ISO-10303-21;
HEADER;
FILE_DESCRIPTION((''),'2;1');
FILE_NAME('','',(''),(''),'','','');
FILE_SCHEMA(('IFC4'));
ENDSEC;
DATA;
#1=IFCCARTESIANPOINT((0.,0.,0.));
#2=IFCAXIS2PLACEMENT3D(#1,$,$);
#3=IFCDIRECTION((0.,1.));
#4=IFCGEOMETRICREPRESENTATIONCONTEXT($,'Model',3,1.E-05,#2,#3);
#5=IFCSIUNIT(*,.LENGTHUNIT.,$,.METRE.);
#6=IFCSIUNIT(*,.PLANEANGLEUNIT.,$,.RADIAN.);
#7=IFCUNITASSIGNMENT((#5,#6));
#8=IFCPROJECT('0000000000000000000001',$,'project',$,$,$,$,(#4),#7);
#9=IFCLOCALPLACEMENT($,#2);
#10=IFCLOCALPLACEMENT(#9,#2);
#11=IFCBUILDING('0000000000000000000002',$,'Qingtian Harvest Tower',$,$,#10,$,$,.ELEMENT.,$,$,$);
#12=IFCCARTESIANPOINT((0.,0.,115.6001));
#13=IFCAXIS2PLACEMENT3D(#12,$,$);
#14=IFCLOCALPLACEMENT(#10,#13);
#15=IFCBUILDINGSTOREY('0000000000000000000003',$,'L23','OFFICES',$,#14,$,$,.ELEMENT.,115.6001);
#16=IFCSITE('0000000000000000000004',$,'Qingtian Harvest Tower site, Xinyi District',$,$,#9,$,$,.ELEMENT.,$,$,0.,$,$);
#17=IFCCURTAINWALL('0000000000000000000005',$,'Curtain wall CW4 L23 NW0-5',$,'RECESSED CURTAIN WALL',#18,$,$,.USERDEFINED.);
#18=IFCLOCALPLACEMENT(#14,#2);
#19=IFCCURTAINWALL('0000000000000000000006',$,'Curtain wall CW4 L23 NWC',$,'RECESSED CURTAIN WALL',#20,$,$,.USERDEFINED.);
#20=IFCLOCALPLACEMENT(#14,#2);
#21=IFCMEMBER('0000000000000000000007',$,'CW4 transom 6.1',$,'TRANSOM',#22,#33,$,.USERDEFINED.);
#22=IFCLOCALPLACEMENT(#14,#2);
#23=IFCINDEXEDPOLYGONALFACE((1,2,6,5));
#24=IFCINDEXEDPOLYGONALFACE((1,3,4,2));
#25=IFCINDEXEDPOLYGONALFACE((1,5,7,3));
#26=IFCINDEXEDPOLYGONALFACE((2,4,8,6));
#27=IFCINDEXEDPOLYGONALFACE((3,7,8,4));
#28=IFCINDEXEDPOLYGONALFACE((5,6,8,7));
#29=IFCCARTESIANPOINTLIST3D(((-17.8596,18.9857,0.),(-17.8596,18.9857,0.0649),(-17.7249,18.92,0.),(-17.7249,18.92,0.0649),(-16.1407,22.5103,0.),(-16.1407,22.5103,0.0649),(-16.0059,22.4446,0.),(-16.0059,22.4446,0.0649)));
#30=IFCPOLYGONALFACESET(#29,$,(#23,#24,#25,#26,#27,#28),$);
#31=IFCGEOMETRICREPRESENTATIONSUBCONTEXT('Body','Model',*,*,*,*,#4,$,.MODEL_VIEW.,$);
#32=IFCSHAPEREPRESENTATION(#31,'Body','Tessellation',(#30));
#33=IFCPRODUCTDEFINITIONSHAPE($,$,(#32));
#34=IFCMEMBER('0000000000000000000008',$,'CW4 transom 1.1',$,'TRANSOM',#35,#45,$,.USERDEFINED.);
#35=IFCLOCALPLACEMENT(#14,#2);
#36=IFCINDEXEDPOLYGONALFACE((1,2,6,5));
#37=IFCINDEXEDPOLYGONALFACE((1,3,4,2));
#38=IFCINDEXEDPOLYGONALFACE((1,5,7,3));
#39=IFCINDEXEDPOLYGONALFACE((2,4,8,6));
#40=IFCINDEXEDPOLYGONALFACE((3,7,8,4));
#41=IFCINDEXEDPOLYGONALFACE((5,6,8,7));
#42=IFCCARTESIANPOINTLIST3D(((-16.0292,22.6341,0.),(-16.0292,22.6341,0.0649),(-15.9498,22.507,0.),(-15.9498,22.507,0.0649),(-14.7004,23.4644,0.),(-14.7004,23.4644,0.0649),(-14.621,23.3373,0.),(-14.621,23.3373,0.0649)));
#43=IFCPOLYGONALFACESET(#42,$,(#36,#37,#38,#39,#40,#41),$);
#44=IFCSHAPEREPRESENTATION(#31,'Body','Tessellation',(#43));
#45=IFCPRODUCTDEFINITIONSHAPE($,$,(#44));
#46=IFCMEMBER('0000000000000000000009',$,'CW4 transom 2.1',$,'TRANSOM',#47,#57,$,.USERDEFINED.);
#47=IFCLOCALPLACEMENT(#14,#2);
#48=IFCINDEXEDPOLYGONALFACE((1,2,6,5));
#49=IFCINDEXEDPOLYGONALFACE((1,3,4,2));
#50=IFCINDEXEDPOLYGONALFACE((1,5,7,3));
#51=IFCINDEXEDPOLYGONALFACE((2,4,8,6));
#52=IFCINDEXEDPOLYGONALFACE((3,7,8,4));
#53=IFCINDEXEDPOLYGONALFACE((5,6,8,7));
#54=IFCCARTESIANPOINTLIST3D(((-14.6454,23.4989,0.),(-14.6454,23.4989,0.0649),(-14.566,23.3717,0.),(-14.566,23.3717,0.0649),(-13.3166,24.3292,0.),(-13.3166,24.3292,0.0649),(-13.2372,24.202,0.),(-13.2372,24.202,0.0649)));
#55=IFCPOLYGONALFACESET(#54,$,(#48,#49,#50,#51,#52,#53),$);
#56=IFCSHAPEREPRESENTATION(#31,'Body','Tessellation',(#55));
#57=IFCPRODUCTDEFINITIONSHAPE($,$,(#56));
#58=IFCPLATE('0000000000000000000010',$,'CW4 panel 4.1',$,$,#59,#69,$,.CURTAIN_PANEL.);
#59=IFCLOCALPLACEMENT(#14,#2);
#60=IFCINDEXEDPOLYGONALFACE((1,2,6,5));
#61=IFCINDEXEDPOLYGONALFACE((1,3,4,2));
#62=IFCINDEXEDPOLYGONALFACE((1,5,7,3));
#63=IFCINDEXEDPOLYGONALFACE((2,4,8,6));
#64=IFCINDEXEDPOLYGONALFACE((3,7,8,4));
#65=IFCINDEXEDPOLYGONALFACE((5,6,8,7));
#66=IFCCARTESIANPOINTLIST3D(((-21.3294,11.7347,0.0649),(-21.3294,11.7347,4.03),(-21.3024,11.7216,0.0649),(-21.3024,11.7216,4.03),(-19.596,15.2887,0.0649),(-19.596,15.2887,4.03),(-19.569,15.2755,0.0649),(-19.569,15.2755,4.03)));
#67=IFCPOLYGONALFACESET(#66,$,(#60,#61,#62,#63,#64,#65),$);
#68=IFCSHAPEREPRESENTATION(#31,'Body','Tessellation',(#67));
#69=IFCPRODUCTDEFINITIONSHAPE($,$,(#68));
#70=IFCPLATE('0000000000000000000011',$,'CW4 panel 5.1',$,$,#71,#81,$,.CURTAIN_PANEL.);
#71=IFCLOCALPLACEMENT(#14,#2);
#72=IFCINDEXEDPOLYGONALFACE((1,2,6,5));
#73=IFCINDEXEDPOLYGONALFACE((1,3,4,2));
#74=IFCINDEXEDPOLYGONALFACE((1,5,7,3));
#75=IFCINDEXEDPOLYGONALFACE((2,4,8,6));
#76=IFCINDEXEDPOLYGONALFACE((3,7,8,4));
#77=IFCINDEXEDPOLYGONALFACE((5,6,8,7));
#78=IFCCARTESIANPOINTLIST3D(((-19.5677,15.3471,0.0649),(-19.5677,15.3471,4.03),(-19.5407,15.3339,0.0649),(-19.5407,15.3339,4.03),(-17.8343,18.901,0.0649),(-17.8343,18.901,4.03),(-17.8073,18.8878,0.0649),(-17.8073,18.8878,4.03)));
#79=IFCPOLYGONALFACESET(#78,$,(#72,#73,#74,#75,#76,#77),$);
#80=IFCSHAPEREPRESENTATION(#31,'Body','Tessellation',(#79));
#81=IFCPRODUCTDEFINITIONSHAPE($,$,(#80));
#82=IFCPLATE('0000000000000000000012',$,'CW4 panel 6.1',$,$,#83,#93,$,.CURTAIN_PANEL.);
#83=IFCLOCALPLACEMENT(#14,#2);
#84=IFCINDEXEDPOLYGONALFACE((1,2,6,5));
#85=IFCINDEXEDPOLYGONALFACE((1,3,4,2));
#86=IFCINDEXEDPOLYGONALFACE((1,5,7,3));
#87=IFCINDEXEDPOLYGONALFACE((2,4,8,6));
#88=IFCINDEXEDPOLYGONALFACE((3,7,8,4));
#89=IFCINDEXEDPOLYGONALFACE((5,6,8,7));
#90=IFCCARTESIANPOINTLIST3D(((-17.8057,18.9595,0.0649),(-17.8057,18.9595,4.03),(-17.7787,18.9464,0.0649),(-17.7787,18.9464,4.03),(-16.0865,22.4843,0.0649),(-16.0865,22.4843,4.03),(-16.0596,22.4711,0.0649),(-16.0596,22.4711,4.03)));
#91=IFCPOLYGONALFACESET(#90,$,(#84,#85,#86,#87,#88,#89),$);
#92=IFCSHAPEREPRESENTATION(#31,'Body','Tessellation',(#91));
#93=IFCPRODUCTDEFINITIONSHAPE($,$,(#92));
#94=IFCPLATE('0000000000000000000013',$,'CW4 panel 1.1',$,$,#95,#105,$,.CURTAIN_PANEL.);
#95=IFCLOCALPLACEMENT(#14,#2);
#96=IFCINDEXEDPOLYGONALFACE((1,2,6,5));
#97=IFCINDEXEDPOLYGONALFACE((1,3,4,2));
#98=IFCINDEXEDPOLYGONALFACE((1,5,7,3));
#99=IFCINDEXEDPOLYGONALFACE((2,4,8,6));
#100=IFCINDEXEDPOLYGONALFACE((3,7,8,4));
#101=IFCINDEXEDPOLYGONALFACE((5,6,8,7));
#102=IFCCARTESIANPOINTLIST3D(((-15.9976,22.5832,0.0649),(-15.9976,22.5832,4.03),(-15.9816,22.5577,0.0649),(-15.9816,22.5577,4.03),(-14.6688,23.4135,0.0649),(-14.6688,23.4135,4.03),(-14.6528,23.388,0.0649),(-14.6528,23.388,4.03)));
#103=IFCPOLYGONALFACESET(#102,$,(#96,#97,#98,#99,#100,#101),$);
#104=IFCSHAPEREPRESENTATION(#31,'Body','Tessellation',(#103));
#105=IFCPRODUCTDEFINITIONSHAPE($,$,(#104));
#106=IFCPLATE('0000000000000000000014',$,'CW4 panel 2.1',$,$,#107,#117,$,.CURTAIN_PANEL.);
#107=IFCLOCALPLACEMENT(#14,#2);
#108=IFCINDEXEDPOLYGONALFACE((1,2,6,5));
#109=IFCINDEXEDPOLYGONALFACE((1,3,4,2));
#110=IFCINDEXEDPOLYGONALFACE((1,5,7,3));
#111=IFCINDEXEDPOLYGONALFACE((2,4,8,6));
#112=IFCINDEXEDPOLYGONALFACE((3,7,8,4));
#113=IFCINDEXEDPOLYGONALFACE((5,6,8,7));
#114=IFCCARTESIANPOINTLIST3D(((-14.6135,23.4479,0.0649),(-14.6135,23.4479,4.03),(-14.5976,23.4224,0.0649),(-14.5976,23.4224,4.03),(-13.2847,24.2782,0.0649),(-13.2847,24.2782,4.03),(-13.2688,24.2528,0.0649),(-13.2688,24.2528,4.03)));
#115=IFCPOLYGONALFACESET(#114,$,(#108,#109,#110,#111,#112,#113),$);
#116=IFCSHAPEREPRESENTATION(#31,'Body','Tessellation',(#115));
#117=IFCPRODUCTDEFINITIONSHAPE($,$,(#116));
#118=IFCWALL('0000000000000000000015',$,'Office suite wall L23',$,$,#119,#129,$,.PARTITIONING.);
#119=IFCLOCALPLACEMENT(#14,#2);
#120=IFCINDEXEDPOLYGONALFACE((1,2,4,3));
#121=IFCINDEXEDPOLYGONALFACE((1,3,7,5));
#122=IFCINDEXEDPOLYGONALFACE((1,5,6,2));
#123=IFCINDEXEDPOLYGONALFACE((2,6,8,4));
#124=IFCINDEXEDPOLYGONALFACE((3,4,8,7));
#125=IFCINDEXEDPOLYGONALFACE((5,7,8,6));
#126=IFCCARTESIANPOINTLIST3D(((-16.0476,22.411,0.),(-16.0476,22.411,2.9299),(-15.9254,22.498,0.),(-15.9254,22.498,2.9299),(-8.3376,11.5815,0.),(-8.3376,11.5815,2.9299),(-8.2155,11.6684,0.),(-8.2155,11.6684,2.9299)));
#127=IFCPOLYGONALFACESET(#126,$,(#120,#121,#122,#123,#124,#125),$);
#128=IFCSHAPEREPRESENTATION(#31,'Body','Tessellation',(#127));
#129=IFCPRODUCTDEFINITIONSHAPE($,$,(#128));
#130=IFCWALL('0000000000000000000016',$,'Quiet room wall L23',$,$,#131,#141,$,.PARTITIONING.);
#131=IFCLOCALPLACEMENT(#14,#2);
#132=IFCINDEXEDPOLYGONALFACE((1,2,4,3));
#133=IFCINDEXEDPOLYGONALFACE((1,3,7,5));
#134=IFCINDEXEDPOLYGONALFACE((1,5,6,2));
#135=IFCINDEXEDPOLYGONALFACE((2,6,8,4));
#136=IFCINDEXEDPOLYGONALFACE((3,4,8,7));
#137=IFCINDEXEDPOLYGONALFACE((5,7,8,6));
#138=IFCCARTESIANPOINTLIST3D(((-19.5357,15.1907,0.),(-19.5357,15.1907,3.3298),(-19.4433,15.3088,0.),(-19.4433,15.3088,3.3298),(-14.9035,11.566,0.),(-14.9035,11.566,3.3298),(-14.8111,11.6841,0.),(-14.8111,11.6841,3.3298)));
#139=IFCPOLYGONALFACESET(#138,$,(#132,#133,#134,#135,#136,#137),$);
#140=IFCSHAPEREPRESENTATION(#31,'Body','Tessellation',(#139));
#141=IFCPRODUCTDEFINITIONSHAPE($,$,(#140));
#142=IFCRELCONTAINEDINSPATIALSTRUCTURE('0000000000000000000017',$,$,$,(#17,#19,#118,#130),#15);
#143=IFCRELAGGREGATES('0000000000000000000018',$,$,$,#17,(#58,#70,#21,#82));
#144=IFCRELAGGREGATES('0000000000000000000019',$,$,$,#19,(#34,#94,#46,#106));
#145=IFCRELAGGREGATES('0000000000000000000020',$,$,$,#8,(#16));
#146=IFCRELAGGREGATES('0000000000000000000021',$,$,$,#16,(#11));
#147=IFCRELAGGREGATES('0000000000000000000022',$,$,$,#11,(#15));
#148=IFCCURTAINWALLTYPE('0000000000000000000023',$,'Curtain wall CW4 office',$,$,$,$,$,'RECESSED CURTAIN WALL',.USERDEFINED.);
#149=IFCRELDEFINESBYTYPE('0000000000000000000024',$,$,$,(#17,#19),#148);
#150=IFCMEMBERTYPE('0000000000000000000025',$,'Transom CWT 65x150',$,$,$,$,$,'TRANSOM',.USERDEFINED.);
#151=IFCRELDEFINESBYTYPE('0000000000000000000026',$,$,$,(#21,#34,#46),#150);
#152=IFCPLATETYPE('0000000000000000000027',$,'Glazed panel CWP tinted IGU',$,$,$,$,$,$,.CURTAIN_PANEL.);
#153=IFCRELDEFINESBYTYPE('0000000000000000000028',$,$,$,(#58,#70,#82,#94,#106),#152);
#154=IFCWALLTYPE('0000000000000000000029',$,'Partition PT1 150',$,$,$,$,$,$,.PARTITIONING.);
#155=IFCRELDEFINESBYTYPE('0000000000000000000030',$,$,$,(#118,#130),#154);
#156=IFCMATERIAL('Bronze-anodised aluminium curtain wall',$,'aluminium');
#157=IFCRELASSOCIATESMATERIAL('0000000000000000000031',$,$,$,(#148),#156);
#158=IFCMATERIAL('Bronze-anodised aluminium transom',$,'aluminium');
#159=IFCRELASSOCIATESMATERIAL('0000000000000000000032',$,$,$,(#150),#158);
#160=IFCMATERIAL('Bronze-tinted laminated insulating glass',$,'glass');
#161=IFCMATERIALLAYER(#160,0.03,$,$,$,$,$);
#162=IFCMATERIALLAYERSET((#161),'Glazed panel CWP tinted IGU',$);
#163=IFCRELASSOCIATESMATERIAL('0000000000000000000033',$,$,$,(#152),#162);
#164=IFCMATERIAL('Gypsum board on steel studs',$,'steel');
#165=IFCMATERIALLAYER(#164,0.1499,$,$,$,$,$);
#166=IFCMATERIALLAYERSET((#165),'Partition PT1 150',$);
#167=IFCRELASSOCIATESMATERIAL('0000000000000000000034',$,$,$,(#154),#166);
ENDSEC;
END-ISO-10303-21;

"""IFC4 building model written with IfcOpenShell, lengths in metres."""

from ifc_helpers import new_model, si_unit, direction, frame, frame_2d, origin, origin_2d, place, context, subcontext, project, spatial, rectangle, extrude, material, layer, layer_set, material_profile, profile_set, type_object, element, aggregate, save


model = new_model("IFC4")

# Units and contexts
model_context = context("Model", 3, precision=1e-05, world=origin(), true_north=direction((0.0, 1.0)))
body_context = subcontext(model_context, "Body", "Model", "MODEL_VIEW")
ifc_project = project(units=[si_unit("LENGTHUNIT", "METRE"), si_unit("PLANEANGLEUNIT", "RADIAN")], contexts=[model_context])

# Site, building, storey
site_placement = place(None, origin())
site = spatial("IfcSite", under=ifc_project, at=site_placement, Name="Qingtian Harvest Tower site, Xinyi District", CompositionType="ELEMENT", RefElevation=0.0)
building_placement = place(site_placement, origin())
building = spatial("IfcBuilding", under=site, at=building_placement, Name="Qingtian Harvest Tower", CompositionType="ELEMENT")
storey_placement = place(building_placement, frame((0.0, 0.0, 115.6001)))
storey = spatial("IfcBuildingStorey", under=building, at=storey_placement, Name="L23", Description="OFFICES", CompositionType="ELEMENT", Elevation=115.6001)

# Curtain walls
ifc_material_1 = material(Name="Bronze-anodised aluminium curtain wall", Category="aluminium")
curtain_wall_type = type_object("IfcCurtainWallType", Name="Curtain wall CW4 office", ElementType="RECESSED CURTAIN WALL", PredefinedType="USERDEFINED", material=ifc_material_1)
curtain_wall_1_placement = place(storey_placement, origin())
curtain_wall_1 = element("IfcCurtainWall", 1, at=curtain_wall_1_placement, inside=storey, type_object=curtain_wall_type, Name="Curtain wall CW4 L23 NW0-5", ObjectType="RECESSED CURTAIN WALL", PredefinedType="USERDEFINED")
curtain_wall_2_placement = place(storey_placement, origin())
curtain_wall_2 = element("IfcCurtainWall", 2, at=curtain_wall_2_placement, inside=storey, type_object=curtain_wall_type, Name="Curtain wall CW4 L23 NWC", ObjectType="RECESSED CURTAIN WALL", PredefinedType="USERDEFINED")

# Members
ifc_material_2 = material(Name="Bronze-anodised aluminium transom", Category="aluminium")
ifc_material_profile_1 = material_profile(ifc_material_2, rectangle(XDim=0.1499, YDim=0.0649, at=origin_2d()), Name="AL 65x150")
ifc_profile_set_1 = profile_set([ifc_material_profile_1], Name="Bronze-anodised aluminium transom")
member_type_1 = type_object("IfcMemberType", Name="Transom CWT 65x150", ElementType="TRANSOM", PredefinedType="USERDEFINED", material=ifc_profile_set_1)
member_1_placement = place(storey_placement, frame((-17.7922, 18.9529, 0.0325), z_axis=(0.438351, 0.898804, 0.0), x_axis=(-0.898804, 0.438351, 0.0)))
member_1 = element("IfcMember", 3, at=member_1_placement, type_object=member_type_1, Name="CW4 transom 6.1", ObjectType="TRANSOM", PredefinedType="USERDEFINED", context=body_context, shape_type="SweptSolid", body=[
    extrude(rectangle(XDim=0.1499, YDim=0.0649, at=origin_2d()), origin(), (0.0, 0.0, 1.0), 3.9214),
])
member_2_placement = place(storey_placement, frame((-15.9895, 22.5706, 0.0325), z_axis=(0.84806, 0.529901, 0.0), x_axis=(-0.529901, 0.84806, 0.0)))
member_2 = element("IfcMember", 4, at=member_2_placement, type_object=member_type_1, Name="CW4 transom 1.1", ObjectType="TRANSOM", PredefinedType="USERDEFINED", context=body_context, shape_type="SweptSolid", body=[
    extrude(rectangle(XDim=0.1499, YDim=0.0649, at=origin_2d()), origin(), (0.0, 0.0, 1.0), 1.5669),
])
member_3_placement = place(storey_placement, frame((-14.6057, 23.4353, 0.0325), z_axis=(0.84806, 0.529901, 0.0), x_axis=(-0.529901, 0.84806, 0.0)))
member_3 = element("IfcMember", 5, at=member_3_placement, type_object=member_type_1, Name="CW4 transom 2.1", ObjectType="TRANSOM", PredefinedType="USERDEFINED", context=body_context, shape_type="SweptSolid", body=[
    extrude(rectangle(XDim=0.1499, YDim=0.0649, at=origin_2d()), origin(), (0.0, 0.0, 1.0), 1.5669),
])

# Plates
ifc_material_3 = material(Name="Bronze-tinted laminated insulating glass", Category="glass")
ifc_layer_1 = layer(ifc_material_3, 0.03)
ifc_layer_set_1 = layer_set([ifc_layer_1], Name="Glazed panel CWP tinted IGU")
plate_type = type_object("IfcPlateType", Name="Glazed panel CWP tinted IGU", PredefinedType="CURTAIN_PANEL", material=ifc_layer_set_1)
plate_1_placement = place(storey_placement, frame((-20.4492, 13.5051, 0.0649), z_axis=(0.0, 0.0, 1.0), x_axis=(0.438371, 0.898794, 0.0)))
plate_1 = element("IfcPlate", 6, at=plate_1_placement, type_object=plate_type, Name="CW4 panel 4.1", PredefinedType="CURTAIN_PANEL", context=body_context, shape_type="SweptSolid", body=[
    extrude(rectangle(XDim=3.9541, YDim=0.03, at=origin_2d()), origin(), (0.0, 0.0, 1.0), 3.9651),
])
plate_2_placement = place(storey_placement, frame((-18.6875, 17.1174, 0.0649), z_axis=(0.0, 0.0, 1.0), x_axis=(0.438371, 0.898794, 0.0)))
plate_2 = element("IfcPlate", 7, at=plate_2_placement, type_object=plate_type, Name="CW4 panel 5.1", PredefinedType="CURTAIN_PANEL", context=body_context, shape_type="SweptSolid", body=[
    extrude(rectangle(XDim=3.9541, YDim=0.03, at=origin_2d()), origin(), (0.0, 0.0, 1.0), 3.9651),
])
plate_3_placement = place(storey_placement, frame((-16.9326, 20.7153, 0.0649), z_axis=(0.0, 0.0, 1.0), x_axis=(0.438371, 0.898794, 0.0)))
plate_3 = element("IfcPlate", 8, at=plate_3_placement, type_object=plate_type, Name="CW4 panel 6.1", PredefinedType="CURTAIN_PANEL", context=body_context, shape_type="SweptSolid", body=[
    extrude(rectangle(XDim=3.9216, YDim=0.03, at=origin_2d()), origin(), (0.0, 0.0, 1.0), 3.9651),
])
aggregate(curtain_wall_1, [plate_1, plate_2, member_1, plate_3])
plate_4_placement = place(storey_placement, frame((-15.3252, 22.9856, 0.0649), z_axis=(0.0, 0.0, 1.0), x_axis=(0.848048, 0.529919, 0.0)))
plate_4 = element("IfcPlate", 9, at=plate_4_placement, type_object=plate_type, Name="CW4 panel 1.1", PredefinedType="CURTAIN_PANEL", context=body_context, shape_type="SweptSolid", body=[
    extrude(rectangle(XDim=1.5669, YDim=0.03, at=origin_2d()), origin(), (0.0, 0.0, 1.0), 3.9651),
])
plate_5_placement = place(storey_placement, frame((-13.9412, 23.8503, 0.0649), z_axis=(0.0, 0.0, 1.0), x_axis=(0.848048, 0.529919, 0.0)))
plate_5 = element("IfcPlate", 10, at=plate_5_placement, type_object=plate_type, Name="CW4 panel 2.1", PredefinedType="CURTAIN_PANEL", context=body_context, shape_type="SweptSolid", body=[
    extrude(rectangle(XDim=1.5669, YDim=0.03, at=origin_2d()), origin(), (0.0, 0.0, 1.0), 3.9651),
])
aggregate(curtain_wall_2, [member_2, plate_4, member_3, plate_5])

# Walls
ifc_material_4 = material(Name="Gypsum board on steel studs", Category="steel")
ifc_layer_2 = layer(ifc_material_4, 0.1499)
ifc_layer_set_2 = layer_set([ifc_layer_2], Name="Partition PT1 150")
wall_type = type_object("IfcWallType", Name="Partition PT1 150", PredefinedType="PARTITIONING", material=ifc_layer_set_2)
wall_1_placement = place(storey_placement, frame((-15.9866, 22.4546, 0.0), z_axis=(0.0, 0.0, 1.0), x_axis=(0.579969, -0.814638, 0.0)))
element("IfcWall", 11, at=wall_1_placement, inside=storey, type_object=wall_type, Name="Office suite wall L23", PredefinedType="PARTITIONING", context=body_context, shape_type="SweptSolid", body=[
    extrude(rectangle(XDim=13.2937, YDim=0.1499, at=frame_2d((6.647, 0.0))), origin(), (0.0, 0.0, 1.0), 2.9299),
])
wall_2_placement = place(storey_placement, frame((-19.4895, 15.2498, 0.0), z_axis=(0.0, 0.0, 1.0), x_axis=(0.78755, -0.616251, 0.0)))
element("IfcWall", 12, at=wall_2_placement, inside=storey, type_object=wall_type, Name="Quiet room wall L23", PredefinedType="PARTITIONING", context=body_context, shape_type="SweptSolid", body=[
    extrude(rectangle(XDim=5.8818, YDim=0.1499, at=frame_2d((2.9409, 0.0))), origin(), (0.0, 0.0, 1.0), 3.3298),
])

save(model, "model.ifc")
